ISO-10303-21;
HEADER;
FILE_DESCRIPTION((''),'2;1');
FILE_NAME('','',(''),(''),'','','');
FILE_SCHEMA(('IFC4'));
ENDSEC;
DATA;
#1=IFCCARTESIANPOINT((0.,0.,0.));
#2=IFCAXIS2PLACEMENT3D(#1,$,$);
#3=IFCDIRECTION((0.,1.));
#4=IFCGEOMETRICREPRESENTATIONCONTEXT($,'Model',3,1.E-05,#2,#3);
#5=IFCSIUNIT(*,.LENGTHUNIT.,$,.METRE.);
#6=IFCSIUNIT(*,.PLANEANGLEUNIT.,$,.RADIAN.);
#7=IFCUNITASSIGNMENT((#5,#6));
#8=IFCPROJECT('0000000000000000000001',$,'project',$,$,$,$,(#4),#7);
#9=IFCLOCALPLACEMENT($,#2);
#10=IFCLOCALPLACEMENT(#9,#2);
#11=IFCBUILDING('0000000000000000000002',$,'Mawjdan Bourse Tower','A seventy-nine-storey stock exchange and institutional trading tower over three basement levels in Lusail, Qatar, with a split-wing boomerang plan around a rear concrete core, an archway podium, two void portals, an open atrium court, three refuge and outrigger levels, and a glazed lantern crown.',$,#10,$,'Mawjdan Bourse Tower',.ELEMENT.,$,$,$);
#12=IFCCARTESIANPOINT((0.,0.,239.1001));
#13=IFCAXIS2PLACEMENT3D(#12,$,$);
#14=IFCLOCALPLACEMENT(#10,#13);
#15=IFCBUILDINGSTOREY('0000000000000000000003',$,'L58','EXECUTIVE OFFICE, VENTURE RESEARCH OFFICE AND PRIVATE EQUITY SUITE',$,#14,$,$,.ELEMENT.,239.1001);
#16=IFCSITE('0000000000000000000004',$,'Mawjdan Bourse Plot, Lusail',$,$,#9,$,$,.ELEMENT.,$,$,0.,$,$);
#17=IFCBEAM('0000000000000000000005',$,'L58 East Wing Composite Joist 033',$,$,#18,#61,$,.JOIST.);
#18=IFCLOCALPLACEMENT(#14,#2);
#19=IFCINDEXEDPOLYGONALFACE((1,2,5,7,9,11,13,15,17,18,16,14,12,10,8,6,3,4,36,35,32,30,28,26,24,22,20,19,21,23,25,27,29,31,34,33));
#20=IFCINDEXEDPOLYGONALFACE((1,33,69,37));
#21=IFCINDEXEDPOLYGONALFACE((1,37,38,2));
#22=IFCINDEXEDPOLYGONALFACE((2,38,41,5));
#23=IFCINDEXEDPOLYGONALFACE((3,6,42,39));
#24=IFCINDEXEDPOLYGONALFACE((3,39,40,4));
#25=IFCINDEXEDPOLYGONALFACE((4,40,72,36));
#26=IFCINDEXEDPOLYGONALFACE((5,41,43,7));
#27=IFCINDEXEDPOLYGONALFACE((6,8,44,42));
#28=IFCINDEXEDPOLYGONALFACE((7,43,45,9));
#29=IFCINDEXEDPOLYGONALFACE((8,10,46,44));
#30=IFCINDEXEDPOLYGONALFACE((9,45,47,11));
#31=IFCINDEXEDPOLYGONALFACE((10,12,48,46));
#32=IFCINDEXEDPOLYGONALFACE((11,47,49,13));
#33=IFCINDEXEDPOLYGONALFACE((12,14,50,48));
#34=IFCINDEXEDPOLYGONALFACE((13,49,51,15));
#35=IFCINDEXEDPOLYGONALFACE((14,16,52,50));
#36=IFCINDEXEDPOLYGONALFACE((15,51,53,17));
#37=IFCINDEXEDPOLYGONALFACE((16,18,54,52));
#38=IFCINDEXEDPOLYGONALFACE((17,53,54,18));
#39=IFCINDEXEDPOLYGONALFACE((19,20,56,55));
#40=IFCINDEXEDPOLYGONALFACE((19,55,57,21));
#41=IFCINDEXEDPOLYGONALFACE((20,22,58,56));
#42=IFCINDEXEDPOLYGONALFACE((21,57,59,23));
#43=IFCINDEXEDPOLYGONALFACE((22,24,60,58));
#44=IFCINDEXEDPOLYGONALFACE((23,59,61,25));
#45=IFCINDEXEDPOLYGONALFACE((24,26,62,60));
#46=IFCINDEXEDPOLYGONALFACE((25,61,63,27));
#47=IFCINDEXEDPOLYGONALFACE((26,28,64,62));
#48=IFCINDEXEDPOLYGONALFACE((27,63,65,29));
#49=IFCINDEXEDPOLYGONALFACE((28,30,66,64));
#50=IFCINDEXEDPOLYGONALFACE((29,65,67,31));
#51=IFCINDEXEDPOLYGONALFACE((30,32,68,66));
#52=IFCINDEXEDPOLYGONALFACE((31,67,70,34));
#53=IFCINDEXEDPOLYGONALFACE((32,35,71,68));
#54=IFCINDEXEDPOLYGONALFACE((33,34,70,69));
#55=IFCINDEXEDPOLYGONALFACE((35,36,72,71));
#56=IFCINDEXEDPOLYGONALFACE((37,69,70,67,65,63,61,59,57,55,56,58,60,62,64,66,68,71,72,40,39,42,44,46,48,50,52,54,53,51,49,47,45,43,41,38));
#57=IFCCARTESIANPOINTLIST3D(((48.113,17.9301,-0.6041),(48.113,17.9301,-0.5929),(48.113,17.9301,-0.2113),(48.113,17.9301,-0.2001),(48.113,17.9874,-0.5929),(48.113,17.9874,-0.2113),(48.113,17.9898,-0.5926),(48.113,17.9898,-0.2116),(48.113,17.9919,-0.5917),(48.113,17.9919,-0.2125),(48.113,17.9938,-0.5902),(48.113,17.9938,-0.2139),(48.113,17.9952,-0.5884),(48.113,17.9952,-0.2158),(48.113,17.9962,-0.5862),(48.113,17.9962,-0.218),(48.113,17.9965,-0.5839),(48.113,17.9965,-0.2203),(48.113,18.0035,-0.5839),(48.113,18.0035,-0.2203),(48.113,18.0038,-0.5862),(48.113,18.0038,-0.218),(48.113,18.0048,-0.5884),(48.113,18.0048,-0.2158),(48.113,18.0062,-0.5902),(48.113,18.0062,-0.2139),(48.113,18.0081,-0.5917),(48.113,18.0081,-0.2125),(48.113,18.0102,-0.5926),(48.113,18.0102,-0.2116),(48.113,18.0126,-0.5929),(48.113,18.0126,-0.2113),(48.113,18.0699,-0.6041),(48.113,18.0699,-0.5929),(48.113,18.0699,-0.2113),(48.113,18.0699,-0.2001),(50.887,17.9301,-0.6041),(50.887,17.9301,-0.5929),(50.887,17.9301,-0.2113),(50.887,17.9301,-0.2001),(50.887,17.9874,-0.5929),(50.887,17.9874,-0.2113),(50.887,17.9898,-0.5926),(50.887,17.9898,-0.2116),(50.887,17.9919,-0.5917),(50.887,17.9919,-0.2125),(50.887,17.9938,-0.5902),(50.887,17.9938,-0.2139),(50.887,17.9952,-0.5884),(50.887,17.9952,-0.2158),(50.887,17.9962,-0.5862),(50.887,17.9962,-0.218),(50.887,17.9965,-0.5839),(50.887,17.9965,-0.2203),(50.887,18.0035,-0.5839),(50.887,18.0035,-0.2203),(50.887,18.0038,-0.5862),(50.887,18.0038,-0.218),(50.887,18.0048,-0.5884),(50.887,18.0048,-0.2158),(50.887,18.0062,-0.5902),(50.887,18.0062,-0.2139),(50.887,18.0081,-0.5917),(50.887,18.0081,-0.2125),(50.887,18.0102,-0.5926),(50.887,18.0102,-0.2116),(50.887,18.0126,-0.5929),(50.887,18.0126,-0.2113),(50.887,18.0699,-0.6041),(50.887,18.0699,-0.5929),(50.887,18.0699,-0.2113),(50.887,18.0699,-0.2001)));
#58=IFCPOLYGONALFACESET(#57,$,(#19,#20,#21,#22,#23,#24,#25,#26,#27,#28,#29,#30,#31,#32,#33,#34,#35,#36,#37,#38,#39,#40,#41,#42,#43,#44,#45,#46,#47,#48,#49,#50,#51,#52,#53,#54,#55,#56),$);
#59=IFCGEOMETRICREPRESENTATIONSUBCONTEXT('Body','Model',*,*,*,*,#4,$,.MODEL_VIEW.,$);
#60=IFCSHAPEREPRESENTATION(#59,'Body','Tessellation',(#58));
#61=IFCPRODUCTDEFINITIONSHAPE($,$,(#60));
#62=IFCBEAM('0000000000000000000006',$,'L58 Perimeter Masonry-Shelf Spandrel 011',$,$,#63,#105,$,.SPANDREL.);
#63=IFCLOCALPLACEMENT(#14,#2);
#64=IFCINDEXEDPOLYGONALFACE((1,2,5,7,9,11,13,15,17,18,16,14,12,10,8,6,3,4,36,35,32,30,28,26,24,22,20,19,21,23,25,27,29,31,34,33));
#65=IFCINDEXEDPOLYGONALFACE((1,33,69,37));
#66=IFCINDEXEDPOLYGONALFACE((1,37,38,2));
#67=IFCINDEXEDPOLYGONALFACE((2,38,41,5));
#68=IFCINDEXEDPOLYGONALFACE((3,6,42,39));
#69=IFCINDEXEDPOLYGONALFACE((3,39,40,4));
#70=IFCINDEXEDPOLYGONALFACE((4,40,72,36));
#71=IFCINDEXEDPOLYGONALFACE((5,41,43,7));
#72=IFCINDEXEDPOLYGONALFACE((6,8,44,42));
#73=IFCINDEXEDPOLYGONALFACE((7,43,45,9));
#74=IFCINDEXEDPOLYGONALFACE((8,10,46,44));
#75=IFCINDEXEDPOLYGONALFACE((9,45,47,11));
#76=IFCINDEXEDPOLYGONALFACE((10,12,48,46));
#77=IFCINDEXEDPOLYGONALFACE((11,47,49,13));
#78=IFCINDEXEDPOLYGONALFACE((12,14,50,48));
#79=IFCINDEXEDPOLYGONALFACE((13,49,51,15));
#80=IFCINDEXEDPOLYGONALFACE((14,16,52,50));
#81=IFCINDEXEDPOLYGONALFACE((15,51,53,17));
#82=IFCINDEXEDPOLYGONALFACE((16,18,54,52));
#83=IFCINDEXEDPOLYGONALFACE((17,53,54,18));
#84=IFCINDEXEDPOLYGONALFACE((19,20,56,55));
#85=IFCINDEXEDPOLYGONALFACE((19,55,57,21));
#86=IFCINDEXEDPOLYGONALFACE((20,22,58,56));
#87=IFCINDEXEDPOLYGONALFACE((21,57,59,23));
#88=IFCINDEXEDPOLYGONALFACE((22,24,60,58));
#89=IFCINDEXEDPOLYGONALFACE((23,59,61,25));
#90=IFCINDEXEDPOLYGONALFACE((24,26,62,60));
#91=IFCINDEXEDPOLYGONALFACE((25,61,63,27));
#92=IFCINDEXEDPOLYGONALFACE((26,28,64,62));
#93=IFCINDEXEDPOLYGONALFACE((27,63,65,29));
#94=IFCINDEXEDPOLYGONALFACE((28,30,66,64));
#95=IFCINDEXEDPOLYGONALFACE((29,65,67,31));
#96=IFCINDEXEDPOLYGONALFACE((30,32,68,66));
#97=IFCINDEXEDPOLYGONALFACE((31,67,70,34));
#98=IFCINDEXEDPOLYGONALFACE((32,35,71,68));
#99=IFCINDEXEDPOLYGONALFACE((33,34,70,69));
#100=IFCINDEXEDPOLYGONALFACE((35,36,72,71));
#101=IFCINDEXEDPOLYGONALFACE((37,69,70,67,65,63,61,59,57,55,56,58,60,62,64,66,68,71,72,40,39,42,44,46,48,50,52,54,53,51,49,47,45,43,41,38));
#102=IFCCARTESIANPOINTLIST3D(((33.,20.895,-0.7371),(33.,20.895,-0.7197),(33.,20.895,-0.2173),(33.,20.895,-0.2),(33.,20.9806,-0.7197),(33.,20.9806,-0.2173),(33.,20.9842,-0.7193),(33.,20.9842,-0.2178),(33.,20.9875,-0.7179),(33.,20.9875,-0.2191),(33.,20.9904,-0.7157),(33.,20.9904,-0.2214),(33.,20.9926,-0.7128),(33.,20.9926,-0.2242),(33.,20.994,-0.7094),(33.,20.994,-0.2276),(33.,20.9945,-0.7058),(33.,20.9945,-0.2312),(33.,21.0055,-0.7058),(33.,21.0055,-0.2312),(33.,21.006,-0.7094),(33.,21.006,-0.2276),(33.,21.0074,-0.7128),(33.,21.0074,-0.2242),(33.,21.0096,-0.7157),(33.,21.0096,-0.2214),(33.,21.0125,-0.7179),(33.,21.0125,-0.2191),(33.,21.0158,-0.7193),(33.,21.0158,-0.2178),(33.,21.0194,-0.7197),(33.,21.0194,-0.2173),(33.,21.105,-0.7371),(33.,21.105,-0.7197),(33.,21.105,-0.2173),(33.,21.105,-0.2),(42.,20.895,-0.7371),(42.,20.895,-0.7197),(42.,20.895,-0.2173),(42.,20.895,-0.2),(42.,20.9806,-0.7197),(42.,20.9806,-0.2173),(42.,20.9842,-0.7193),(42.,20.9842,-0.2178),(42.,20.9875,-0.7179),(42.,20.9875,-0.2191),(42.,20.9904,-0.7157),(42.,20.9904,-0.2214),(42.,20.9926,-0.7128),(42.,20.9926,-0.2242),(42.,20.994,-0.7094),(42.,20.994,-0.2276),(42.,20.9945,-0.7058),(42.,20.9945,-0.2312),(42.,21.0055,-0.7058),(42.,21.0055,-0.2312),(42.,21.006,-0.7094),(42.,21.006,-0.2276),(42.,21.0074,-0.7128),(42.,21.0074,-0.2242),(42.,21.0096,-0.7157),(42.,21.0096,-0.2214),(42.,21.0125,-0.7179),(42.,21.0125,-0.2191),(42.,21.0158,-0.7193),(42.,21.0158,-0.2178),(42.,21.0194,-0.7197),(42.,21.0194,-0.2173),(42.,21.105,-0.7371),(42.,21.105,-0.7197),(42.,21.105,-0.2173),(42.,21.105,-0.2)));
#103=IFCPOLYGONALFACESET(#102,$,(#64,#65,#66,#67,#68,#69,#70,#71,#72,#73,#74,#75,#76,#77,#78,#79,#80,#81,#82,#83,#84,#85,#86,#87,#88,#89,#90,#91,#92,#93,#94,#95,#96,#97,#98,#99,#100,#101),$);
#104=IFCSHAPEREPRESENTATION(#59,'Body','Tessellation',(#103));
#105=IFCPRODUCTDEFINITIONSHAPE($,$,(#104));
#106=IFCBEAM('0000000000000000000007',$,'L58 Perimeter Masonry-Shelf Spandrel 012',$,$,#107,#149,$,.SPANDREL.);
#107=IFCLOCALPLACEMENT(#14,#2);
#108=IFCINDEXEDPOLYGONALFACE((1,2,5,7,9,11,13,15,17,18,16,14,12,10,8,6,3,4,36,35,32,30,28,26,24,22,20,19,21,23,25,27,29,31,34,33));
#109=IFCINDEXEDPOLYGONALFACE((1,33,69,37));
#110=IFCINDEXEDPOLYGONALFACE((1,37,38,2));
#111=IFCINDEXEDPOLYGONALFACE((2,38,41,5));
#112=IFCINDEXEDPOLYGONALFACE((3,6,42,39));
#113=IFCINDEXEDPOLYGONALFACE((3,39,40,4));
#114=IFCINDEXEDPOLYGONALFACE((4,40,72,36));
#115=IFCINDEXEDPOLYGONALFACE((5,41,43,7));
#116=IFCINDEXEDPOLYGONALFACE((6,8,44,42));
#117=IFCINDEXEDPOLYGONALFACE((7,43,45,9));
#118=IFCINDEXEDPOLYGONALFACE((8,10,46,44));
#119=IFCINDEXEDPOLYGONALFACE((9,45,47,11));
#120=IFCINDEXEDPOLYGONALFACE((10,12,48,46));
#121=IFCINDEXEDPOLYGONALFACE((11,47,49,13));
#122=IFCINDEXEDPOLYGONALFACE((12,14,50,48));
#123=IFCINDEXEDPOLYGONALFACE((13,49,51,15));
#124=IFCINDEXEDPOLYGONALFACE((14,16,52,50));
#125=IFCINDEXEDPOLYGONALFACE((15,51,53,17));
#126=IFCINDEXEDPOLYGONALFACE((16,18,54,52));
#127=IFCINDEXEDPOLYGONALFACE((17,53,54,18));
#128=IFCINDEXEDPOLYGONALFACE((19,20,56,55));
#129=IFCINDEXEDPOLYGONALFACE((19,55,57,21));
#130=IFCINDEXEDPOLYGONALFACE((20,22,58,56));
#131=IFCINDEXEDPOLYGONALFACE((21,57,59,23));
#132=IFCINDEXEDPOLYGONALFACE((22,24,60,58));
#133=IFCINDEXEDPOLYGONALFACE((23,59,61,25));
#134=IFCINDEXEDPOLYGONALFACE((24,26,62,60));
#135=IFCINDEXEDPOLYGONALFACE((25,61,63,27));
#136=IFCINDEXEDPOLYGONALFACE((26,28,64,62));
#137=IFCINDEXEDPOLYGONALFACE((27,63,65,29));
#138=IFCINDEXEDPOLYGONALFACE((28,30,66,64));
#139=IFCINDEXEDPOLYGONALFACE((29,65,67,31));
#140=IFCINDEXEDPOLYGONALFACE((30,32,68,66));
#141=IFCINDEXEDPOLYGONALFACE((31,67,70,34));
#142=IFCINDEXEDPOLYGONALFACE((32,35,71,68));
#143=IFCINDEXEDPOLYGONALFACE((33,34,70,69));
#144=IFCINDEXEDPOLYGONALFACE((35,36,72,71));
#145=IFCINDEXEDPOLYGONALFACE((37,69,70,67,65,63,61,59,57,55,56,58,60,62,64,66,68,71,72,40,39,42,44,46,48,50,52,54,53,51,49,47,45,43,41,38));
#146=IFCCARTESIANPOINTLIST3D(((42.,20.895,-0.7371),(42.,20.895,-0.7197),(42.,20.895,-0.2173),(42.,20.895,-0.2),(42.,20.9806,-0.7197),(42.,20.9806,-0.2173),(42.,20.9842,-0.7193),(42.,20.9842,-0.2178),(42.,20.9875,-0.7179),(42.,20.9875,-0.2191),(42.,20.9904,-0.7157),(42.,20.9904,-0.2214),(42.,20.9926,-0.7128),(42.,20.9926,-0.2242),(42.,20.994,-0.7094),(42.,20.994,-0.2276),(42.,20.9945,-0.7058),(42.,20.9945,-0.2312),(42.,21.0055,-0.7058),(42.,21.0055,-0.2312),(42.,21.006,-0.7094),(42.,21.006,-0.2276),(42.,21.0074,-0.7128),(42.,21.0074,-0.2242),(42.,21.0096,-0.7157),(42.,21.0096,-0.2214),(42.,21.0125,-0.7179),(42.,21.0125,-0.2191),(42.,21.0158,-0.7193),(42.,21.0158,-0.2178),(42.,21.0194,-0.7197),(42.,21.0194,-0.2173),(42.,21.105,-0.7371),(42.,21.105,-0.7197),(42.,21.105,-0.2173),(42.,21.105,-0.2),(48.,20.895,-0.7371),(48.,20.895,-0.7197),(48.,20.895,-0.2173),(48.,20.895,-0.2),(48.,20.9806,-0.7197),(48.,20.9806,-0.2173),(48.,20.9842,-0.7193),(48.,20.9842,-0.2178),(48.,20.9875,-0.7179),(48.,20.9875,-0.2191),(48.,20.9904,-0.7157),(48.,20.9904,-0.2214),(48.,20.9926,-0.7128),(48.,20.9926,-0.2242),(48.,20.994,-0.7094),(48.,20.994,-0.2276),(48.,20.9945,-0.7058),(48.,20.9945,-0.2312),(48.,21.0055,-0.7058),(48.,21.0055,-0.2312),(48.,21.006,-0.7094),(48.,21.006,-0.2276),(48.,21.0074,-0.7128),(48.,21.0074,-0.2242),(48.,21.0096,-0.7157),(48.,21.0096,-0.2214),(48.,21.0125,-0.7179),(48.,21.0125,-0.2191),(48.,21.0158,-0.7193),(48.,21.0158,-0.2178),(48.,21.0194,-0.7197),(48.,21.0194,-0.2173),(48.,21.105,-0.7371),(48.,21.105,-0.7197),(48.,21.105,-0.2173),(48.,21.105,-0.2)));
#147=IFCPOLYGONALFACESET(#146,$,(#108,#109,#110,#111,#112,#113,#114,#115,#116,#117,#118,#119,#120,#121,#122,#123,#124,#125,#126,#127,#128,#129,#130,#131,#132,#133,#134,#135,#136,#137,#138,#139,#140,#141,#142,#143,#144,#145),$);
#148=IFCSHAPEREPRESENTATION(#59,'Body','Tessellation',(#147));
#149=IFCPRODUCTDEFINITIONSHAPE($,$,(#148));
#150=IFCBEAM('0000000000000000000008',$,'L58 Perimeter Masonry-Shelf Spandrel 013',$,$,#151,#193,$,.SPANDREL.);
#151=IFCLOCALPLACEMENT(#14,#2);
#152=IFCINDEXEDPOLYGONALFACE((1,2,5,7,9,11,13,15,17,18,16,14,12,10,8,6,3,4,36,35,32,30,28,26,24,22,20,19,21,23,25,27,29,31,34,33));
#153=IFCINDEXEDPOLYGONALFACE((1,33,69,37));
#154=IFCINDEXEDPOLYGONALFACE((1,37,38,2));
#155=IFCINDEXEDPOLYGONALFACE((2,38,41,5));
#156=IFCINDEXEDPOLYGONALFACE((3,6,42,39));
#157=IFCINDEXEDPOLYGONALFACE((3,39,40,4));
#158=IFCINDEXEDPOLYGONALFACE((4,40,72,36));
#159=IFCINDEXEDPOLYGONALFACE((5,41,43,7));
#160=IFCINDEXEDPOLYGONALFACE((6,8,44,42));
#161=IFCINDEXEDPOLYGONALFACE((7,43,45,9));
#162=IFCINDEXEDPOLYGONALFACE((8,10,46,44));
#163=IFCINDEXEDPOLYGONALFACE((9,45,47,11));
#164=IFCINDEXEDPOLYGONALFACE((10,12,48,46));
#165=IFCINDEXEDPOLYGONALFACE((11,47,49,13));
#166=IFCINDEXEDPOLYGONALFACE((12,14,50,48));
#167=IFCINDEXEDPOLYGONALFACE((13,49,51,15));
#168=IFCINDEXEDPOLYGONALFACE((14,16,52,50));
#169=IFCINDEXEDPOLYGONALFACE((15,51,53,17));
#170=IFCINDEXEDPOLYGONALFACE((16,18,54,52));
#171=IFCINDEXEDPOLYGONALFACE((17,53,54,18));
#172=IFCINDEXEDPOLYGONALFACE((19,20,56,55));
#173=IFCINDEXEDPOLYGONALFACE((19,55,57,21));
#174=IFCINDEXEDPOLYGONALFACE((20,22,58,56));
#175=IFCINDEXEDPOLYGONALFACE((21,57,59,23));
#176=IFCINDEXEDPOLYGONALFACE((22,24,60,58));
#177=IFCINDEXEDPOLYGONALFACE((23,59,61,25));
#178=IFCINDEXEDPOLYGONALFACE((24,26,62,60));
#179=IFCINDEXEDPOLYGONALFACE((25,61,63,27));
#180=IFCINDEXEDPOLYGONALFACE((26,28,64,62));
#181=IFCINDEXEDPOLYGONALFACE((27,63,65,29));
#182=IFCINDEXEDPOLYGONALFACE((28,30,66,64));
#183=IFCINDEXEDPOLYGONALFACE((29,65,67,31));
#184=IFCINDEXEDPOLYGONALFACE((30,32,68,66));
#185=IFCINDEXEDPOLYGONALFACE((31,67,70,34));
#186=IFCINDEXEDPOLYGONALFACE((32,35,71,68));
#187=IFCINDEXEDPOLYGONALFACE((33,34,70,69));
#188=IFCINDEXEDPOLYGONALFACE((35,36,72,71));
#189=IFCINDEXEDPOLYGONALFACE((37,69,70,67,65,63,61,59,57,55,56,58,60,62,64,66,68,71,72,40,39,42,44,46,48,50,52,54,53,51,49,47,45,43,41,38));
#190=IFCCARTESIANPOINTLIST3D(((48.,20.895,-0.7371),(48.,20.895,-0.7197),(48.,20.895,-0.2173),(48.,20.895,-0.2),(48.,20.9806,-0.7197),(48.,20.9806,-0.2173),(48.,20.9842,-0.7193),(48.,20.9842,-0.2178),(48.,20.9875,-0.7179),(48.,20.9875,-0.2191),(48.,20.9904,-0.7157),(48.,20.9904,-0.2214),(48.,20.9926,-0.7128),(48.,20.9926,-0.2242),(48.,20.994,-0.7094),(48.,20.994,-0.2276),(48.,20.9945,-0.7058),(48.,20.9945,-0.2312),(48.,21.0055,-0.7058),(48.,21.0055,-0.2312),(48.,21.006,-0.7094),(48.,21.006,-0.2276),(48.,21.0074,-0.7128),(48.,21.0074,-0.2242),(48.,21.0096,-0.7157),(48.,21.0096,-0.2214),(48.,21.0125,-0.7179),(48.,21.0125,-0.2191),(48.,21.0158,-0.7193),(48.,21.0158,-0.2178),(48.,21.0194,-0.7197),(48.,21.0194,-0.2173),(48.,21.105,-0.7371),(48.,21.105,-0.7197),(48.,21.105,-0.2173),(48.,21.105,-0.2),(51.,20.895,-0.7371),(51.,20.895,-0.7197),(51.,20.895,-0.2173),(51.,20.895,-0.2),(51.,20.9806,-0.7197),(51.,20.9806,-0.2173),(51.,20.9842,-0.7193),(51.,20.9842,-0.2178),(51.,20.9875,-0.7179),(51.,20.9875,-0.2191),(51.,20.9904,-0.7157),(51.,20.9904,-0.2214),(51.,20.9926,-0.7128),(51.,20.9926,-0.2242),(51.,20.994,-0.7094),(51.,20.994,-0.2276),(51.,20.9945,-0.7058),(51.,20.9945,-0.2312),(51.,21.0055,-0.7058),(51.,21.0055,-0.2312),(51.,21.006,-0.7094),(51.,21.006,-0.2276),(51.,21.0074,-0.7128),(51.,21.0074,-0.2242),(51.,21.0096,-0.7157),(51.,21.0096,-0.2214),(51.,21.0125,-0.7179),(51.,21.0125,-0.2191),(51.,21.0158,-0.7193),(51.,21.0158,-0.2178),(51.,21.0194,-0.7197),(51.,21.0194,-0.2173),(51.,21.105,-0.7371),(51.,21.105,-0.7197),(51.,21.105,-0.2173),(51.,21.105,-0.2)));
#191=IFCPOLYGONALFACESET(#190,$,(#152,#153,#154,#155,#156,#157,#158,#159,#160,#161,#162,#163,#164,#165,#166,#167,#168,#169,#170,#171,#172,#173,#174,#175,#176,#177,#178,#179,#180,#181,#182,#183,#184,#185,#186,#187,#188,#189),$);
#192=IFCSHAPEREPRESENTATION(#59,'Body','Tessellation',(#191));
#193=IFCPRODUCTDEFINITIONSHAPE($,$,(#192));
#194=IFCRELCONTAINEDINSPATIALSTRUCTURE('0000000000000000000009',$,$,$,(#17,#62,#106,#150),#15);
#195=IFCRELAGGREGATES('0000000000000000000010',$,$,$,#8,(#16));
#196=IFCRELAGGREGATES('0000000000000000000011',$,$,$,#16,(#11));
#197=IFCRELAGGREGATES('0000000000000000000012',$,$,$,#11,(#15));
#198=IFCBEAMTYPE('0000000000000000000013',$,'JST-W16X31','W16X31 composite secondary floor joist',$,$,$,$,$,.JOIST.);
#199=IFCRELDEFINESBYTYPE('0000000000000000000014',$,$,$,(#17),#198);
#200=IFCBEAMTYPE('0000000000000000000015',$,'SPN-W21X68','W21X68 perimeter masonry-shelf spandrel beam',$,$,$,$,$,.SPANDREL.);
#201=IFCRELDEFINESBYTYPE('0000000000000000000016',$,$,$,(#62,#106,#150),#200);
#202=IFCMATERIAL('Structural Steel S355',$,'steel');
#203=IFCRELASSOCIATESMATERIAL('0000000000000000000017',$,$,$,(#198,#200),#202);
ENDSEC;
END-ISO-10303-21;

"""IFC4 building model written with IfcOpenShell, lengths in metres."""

from ifc_helpers import new_model, si_unit, direction, frame, origin, origin_2d, place, context, subcontext, project, spatial, i_section, extrude, material, material_profile, profile_set, type_object, element, save


model = new_model("IFC4")

# Units and contexts
model_context = context("Model", 3, precision=1e-05, world=origin(), true_north=direction((0.0, 1.0)))
body_context = subcontext(model_context, "Body", "Model", "MODEL_VIEW")
ifc_project = project(units=[si_unit("LENGTHUNIT", "METRE"), si_unit("PLANEANGLEUNIT", "RADIAN")], contexts=[model_context])

# Site, building, storey
site_placement = place(None, origin())
site = spatial("IfcSite", under=ifc_project, at=site_placement, Name="Mawjdan Bourse Plot, Lusail", CompositionType="ELEMENT", RefElevation=0.0)
building_placement = place(site_placement, origin())
building = spatial("IfcBuilding", under=site, at=building_placement, Name="Mawjdan Bourse Tower", Description="A seventy-nine-storey stock exchange and institutional trading tower over three basement levels in Lusail, Qatar, with a split-wing boomerang plan around a rear concrete core, an archway podium, two void portals, an open atrium court, three refuge and outrigger levels, and a glazed lantern crown.", LongName="Mawjdan Bourse Tower", CompositionType="ELEMENT")
storey_placement = place(building_placement, frame((0.0, 0.0, 239.1001)))
storey = spatial("IfcBuildingStorey", under=building, at=storey_placement, Name="L58", Description="EXECUTIVE OFFICE, VENTURE RESEARCH OFFICE AND PRIVATE EQUITY SUITE", CompositionType="ELEMENT", Elevation=239.1001)

# Beams
ifc_material_1 = material(Name="Structural Steel S355", Category="steel")
ifc_material_profile_1 = material_profile(ifc_material_1, i_section(OverallWidth=0.1399, OverallDepth=0.4041, WebThickness=0.0071, FlangeThickness=0.0112, FilletRadius=0.009, at=origin_2d()), Name="W16X31")
ifc_profile_set_1 = profile_set([ifc_material_profile_1], Name="Structural Steel S355")
beam_type_1 = type_object("IfcBeamType", Name="JST-W16X31", Description="W16X31 composite secondary floor joist", PredefinedType="JOIST", material=ifc_profile_set_1)
beam_1_placement = place(storey_placement, frame((48.113, 18.0, -0.4021), z_axis=(1.0, 0.0, 0.0), x_axis=(0.0, 1.0, 0.0)))
element("IfcBeam", 1, at=beam_1_placement, inside=storey, type_object=beam_type_1, Name="L58 East Wing Composite Joist 033", PredefinedType="JOIST", context=body_context, shape_type="SweptSolid", body=[
    extrude(i_section(OverallWidth=0.1399, OverallDepth=0.4041, WebThickness=0.0071, FlangeThickness=0.0112, FilletRadius=0.009, at=origin_2d()), origin(), (0.0, 0.0, 1.0), 2.7739),
])
ifc_material_profile_2 = material_profile(ifc_material_1, i_section(OverallWidth=0.21, OverallDepth=0.5371, WebThickness=0.011, FlangeThickness=0.0173, FilletRadius=0.0139, at=origin_2d()), Name="W21X68")
ifc_profile_set_2 = profile_set([ifc_material_profile_2], Name="Structural Steel S355")
beam_type_2 = type_object("IfcBeamType", Name="SPN-W21X68", Description="W21X68 perimeter masonry-shelf spandrel beam", PredefinedType="SPANDREL", material=ifc_profile_set_2)
beam_2_placement = place(storey_placement, frame((33.0, 21.0, -0.4685), z_axis=(1.0, 0.0, 0.0), x_axis=(0.0, 1.0, 0.0)))
element("IfcBeam", 2, at=beam_2_placement, inside=storey, type_object=beam_type_2, Name="L58 Perimeter Masonry-Shelf Spandrel 011", PredefinedType="SPANDREL", context=body_context, shape_type="SweptSolid", body=[
    extrude(i_section(OverallWidth=0.21, OverallDepth=0.5371, WebThickness=0.011, FlangeThickness=0.0173, FilletRadius=0.0139, at=origin_2d()), origin(), (0.0, 0.0, 1.0), 9.0),
])
beam_3_placement = place(storey_placement, frame((42.0, 21.0, -0.4685), z_axis=(1.0, 0.0, 0.0), x_axis=(0.0, 1.0, 0.0)))
element("IfcBeam", 3, at=beam_3_placement, inside=storey, type_object=beam_type_2, Name="L58 Perimeter Masonry-Shelf Spandrel 012", PredefinedType="SPANDREL", context=body_context, shape_type="SweptSolid", body=[
    extrude(i_section(OverallWidth=0.21, OverallDepth=0.5371, WebThickness=0.011, FlangeThickness=0.0173, FilletRadius=0.0139, at=origin_2d()), origin(), (0.0, 0.0, 1.0), 6.0),
])
beam_4_placement = place(storey_placement, frame((48.0, 21.0, -0.4685), z_axis=(1.0, 0.0, 0.0), x_axis=(0.0, 1.0, 0.0)))
element("IfcBeam", 4, at=beam_4_placement, inside=storey, type_object=beam_type_2, Name="L58 Perimeter Masonry-Shelf Spandrel 013", PredefinedType="SPANDREL", context=body_context, shape_type="SweptSolid", body=[
    extrude(i_section(OverallWidth=0.21, OverallDepth=0.5371, WebThickness=0.011, FlangeThickness=0.0173, FilletRadius=0.0139, at=origin_2d()), origin(), (0.0, 0.0, 1.0), 3.0),
])

save(model, "model.ifc")
